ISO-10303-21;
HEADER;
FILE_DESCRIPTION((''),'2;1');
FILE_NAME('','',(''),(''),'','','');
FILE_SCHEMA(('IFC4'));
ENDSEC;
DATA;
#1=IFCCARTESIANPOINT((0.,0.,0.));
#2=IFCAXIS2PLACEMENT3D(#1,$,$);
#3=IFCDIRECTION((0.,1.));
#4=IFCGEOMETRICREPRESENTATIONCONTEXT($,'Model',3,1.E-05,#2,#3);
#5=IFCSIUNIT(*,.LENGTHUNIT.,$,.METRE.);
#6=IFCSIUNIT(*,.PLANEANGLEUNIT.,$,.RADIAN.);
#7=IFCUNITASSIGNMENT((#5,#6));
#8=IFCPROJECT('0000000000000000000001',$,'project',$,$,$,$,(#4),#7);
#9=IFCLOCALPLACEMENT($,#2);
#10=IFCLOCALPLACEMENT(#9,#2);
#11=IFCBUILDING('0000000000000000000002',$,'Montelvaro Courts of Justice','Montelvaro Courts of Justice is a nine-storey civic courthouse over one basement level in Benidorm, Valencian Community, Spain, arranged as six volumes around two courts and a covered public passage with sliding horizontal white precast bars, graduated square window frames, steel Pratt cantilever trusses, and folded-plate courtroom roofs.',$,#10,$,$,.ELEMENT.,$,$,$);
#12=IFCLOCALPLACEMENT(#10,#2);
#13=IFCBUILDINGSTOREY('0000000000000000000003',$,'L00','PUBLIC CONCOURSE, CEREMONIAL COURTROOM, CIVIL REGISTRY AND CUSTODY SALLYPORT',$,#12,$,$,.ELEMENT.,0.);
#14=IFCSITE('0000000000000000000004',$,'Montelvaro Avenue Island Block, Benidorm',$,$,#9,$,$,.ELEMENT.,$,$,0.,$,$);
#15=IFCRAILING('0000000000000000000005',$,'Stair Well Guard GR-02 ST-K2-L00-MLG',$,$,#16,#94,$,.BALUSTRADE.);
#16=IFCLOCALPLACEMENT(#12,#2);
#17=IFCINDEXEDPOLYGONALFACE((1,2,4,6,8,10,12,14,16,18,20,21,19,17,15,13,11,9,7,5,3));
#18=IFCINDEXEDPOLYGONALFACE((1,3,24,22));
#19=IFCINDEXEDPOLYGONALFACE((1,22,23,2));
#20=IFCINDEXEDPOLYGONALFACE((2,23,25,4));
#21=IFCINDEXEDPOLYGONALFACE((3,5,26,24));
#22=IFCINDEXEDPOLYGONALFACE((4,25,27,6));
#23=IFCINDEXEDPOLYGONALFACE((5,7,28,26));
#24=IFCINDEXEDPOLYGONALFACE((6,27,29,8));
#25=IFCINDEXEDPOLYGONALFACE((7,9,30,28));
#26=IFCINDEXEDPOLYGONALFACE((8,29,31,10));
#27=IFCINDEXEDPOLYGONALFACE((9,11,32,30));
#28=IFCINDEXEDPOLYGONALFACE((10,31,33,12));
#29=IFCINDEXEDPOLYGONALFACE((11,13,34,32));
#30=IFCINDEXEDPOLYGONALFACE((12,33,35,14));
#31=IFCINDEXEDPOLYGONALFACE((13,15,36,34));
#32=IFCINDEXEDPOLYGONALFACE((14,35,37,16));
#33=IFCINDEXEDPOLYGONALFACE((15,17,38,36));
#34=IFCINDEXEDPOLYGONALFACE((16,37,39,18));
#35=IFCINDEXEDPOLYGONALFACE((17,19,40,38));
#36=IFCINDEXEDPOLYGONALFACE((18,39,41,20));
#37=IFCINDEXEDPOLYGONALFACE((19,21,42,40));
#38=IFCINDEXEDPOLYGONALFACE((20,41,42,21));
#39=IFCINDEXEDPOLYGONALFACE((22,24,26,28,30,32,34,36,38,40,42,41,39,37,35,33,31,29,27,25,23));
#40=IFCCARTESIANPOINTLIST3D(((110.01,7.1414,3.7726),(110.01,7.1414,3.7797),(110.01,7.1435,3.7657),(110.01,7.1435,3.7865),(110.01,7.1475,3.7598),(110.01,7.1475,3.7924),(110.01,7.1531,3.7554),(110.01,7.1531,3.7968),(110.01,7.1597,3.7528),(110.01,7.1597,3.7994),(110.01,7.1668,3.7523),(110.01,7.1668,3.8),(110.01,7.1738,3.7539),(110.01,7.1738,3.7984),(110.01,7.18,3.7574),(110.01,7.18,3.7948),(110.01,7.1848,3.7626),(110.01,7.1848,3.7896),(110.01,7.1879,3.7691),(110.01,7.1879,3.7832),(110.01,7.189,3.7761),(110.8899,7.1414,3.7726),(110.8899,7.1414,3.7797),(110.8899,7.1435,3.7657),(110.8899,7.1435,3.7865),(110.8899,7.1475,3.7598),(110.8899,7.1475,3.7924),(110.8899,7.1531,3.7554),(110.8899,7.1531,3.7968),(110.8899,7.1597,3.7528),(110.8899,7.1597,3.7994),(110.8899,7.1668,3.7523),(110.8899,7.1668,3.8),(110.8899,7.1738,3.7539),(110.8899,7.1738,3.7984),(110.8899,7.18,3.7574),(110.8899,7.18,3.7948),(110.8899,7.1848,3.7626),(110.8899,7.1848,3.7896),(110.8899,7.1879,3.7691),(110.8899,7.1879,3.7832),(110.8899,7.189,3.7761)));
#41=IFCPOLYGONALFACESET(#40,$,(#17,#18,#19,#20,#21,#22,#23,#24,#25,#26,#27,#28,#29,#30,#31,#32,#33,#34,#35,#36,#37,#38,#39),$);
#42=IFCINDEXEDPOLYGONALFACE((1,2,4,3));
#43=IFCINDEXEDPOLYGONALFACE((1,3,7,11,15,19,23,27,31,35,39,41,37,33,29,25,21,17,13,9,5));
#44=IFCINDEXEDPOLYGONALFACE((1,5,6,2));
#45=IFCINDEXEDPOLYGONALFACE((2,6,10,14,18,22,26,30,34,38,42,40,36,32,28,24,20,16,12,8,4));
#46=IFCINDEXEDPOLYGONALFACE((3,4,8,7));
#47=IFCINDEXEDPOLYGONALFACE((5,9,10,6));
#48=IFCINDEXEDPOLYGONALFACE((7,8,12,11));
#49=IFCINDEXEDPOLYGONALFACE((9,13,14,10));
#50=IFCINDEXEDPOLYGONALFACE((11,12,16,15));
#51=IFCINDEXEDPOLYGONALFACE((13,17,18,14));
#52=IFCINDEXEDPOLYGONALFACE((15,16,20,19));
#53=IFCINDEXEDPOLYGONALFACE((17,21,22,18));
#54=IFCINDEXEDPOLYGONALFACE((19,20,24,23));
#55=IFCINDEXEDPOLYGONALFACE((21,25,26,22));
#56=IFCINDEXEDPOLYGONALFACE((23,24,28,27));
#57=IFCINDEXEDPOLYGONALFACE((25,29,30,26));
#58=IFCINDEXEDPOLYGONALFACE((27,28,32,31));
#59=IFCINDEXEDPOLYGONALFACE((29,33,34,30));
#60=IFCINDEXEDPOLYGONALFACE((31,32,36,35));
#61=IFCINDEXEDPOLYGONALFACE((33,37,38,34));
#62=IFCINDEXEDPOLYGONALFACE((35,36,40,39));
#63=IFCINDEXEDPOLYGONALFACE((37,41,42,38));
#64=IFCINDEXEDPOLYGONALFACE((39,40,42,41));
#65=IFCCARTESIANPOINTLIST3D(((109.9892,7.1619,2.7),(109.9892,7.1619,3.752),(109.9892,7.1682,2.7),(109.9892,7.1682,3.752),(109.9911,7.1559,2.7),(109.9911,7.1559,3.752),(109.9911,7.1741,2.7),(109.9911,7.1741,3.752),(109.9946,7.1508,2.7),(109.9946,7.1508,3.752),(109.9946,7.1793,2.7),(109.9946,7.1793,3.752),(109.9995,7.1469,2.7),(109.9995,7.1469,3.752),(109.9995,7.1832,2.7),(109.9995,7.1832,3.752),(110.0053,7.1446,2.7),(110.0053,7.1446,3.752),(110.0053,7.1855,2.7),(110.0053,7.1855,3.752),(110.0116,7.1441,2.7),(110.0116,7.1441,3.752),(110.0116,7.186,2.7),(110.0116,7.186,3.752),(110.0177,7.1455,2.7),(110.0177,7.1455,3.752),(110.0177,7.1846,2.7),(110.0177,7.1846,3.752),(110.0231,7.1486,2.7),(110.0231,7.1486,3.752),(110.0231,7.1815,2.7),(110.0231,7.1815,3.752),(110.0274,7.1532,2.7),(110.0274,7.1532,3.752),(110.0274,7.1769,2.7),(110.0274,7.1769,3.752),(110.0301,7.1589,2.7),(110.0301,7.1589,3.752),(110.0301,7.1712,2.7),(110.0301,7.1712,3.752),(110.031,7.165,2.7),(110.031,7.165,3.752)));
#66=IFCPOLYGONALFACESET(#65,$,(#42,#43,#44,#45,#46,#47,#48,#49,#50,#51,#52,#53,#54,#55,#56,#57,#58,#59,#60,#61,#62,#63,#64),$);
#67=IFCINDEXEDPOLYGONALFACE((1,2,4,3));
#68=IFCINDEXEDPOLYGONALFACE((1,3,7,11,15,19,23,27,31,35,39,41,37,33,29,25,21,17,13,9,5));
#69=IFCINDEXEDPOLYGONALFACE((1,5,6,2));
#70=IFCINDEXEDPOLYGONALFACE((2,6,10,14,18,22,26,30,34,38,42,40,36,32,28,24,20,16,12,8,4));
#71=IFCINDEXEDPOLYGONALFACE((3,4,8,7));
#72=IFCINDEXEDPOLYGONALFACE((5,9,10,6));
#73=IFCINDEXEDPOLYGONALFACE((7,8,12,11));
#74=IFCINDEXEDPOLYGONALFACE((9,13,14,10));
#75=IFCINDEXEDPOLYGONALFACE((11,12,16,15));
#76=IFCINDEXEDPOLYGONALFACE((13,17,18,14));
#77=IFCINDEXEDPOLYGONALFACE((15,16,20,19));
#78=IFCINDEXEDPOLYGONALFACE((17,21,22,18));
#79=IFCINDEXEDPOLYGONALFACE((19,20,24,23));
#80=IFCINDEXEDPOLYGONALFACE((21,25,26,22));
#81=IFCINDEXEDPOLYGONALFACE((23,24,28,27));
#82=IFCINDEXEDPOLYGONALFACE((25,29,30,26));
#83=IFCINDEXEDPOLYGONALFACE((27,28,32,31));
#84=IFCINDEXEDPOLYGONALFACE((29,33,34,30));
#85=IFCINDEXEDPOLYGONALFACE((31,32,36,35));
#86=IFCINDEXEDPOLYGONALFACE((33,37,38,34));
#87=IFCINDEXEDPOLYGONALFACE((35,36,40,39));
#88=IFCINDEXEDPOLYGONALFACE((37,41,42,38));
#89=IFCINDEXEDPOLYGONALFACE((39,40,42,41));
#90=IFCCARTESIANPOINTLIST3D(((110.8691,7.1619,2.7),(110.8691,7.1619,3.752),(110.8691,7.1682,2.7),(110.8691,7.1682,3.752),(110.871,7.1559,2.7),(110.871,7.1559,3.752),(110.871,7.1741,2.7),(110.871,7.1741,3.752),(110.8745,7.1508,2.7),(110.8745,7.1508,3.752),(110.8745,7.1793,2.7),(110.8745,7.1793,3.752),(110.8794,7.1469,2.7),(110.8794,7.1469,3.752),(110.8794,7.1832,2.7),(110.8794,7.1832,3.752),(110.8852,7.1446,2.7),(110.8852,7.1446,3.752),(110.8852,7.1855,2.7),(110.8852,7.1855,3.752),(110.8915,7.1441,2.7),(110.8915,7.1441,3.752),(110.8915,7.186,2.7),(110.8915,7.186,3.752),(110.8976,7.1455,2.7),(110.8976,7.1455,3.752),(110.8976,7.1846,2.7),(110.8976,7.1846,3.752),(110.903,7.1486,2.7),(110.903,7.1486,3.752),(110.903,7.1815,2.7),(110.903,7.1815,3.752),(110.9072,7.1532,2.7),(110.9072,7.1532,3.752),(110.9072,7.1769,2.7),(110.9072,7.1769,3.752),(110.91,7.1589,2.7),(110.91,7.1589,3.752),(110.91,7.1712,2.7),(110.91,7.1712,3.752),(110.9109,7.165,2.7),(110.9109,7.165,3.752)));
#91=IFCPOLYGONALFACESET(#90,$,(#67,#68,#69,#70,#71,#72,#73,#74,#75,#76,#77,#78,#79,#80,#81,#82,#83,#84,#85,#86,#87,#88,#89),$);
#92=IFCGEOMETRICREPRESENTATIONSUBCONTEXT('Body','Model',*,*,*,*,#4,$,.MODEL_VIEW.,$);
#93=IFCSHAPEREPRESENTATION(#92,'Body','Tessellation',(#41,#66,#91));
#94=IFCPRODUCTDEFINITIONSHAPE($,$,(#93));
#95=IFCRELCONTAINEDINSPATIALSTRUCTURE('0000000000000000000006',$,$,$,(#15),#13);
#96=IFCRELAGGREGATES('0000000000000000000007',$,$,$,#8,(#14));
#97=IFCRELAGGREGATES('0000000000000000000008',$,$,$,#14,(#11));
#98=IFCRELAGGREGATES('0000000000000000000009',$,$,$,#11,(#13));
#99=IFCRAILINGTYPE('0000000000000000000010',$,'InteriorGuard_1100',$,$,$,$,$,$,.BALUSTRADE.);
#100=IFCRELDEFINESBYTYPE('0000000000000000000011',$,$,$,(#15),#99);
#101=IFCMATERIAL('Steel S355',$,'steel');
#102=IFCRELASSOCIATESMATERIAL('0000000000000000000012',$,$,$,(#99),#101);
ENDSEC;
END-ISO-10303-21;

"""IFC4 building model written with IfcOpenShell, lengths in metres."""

from ifc_helpers import new_model, si_unit, direction, frame, origin, origin_2d, place, context, subcontext, project, spatial, circle, extrude, material, type_object, element, save


model = new_model("IFC4")

# Units and contexts
model_context = context("Model", 3, precision=1e-05, world=origin(), true_north=direction((0.0, 1.0)))
body_context = subcontext(model_context, "Body", "Model", "MODEL_VIEW")
ifc_project = project(units=[si_unit("LENGTHUNIT", "METRE"), si_unit("PLANEANGLEUNIT", "RADIAN")], contexts=[model_context])

# Site, building, storey
site_placement = place(None, origin())
site = spatial("IfcSite", under=ifc_project, at=site_placement, Name="Montelvaro Avenue Island Block, Benidorm", CompositionType="ELEMENT", RefElevation=0.0)
building_placement = place(site_placement, origin())
building = spatial("IfcBuilding", under=site, at=building_placement, Name="Montelvaro Courts of Justice", Description="Montelvaro Courts of Justice is a nine-storey civic courthouse over one basement level in Benidorm, Valencian Community, Spain, arranged as six volumes around two courts and a covered public passage with sliding horizontal white precast bars, graduated square window frames, steel Pratt cantilever trusses, and folded-plate courtroom roofs.", CompositionType="ELEMENT")
storey_placement = place(building_placement, origin())
storey = spatial("IfcBuildingStorey", under=building, at=storey_placement, Name="L00", Description="PUBLIC CONCOURSE, CEREMONIAL COURTROOM, CIVIL REGISTRY AND CUSTODY SALLYPORT", CompositionType="ELEMENT", Elevation=0.0)

# Shared definitions
ifc_material_1 = material(Name="Steel S355", Category="steel")

# Railing
railing_type_1 = type_object("IfcRailingType", Name="InteriorGuard_1100", PredefinedType="BALUSTRADE", material=ifc_material_1)
railing_1_placement = place(storey_placement, frame((110.01, 7.165, 2.7)))
element("IfcRailing", 1, at=railing_1_placement, inside=storey, type_object=railing_type_1, Name="Stair Well Guard GR-02 ST-K2-L00-MLG", PredefinedType="BALUSTRADE", context=body_context, shape_type="SweptSolid", body=[
    extrude(circle(Radius=0.0239, at=origin_2d()), frame((0.0, 0.0, 1.0762), z_axis=(1.0, 0.0, 0.0), x_axis=(0.0, 1.0, 0.0)), (0.0, 0.0, 1.0), 0.8799),
    extrude(circle(Radius=0.021, at=origin_2d()), origin(), (0.0, 0.0, 1.0), 1.052),
    extrude(circle(Radius=0.021, at=origin_2d()), frame((0.8799, 0.0, 0.0)), (0.0, 0.0, 1.0), 1.052),
])

save(model, "model.ifc")
